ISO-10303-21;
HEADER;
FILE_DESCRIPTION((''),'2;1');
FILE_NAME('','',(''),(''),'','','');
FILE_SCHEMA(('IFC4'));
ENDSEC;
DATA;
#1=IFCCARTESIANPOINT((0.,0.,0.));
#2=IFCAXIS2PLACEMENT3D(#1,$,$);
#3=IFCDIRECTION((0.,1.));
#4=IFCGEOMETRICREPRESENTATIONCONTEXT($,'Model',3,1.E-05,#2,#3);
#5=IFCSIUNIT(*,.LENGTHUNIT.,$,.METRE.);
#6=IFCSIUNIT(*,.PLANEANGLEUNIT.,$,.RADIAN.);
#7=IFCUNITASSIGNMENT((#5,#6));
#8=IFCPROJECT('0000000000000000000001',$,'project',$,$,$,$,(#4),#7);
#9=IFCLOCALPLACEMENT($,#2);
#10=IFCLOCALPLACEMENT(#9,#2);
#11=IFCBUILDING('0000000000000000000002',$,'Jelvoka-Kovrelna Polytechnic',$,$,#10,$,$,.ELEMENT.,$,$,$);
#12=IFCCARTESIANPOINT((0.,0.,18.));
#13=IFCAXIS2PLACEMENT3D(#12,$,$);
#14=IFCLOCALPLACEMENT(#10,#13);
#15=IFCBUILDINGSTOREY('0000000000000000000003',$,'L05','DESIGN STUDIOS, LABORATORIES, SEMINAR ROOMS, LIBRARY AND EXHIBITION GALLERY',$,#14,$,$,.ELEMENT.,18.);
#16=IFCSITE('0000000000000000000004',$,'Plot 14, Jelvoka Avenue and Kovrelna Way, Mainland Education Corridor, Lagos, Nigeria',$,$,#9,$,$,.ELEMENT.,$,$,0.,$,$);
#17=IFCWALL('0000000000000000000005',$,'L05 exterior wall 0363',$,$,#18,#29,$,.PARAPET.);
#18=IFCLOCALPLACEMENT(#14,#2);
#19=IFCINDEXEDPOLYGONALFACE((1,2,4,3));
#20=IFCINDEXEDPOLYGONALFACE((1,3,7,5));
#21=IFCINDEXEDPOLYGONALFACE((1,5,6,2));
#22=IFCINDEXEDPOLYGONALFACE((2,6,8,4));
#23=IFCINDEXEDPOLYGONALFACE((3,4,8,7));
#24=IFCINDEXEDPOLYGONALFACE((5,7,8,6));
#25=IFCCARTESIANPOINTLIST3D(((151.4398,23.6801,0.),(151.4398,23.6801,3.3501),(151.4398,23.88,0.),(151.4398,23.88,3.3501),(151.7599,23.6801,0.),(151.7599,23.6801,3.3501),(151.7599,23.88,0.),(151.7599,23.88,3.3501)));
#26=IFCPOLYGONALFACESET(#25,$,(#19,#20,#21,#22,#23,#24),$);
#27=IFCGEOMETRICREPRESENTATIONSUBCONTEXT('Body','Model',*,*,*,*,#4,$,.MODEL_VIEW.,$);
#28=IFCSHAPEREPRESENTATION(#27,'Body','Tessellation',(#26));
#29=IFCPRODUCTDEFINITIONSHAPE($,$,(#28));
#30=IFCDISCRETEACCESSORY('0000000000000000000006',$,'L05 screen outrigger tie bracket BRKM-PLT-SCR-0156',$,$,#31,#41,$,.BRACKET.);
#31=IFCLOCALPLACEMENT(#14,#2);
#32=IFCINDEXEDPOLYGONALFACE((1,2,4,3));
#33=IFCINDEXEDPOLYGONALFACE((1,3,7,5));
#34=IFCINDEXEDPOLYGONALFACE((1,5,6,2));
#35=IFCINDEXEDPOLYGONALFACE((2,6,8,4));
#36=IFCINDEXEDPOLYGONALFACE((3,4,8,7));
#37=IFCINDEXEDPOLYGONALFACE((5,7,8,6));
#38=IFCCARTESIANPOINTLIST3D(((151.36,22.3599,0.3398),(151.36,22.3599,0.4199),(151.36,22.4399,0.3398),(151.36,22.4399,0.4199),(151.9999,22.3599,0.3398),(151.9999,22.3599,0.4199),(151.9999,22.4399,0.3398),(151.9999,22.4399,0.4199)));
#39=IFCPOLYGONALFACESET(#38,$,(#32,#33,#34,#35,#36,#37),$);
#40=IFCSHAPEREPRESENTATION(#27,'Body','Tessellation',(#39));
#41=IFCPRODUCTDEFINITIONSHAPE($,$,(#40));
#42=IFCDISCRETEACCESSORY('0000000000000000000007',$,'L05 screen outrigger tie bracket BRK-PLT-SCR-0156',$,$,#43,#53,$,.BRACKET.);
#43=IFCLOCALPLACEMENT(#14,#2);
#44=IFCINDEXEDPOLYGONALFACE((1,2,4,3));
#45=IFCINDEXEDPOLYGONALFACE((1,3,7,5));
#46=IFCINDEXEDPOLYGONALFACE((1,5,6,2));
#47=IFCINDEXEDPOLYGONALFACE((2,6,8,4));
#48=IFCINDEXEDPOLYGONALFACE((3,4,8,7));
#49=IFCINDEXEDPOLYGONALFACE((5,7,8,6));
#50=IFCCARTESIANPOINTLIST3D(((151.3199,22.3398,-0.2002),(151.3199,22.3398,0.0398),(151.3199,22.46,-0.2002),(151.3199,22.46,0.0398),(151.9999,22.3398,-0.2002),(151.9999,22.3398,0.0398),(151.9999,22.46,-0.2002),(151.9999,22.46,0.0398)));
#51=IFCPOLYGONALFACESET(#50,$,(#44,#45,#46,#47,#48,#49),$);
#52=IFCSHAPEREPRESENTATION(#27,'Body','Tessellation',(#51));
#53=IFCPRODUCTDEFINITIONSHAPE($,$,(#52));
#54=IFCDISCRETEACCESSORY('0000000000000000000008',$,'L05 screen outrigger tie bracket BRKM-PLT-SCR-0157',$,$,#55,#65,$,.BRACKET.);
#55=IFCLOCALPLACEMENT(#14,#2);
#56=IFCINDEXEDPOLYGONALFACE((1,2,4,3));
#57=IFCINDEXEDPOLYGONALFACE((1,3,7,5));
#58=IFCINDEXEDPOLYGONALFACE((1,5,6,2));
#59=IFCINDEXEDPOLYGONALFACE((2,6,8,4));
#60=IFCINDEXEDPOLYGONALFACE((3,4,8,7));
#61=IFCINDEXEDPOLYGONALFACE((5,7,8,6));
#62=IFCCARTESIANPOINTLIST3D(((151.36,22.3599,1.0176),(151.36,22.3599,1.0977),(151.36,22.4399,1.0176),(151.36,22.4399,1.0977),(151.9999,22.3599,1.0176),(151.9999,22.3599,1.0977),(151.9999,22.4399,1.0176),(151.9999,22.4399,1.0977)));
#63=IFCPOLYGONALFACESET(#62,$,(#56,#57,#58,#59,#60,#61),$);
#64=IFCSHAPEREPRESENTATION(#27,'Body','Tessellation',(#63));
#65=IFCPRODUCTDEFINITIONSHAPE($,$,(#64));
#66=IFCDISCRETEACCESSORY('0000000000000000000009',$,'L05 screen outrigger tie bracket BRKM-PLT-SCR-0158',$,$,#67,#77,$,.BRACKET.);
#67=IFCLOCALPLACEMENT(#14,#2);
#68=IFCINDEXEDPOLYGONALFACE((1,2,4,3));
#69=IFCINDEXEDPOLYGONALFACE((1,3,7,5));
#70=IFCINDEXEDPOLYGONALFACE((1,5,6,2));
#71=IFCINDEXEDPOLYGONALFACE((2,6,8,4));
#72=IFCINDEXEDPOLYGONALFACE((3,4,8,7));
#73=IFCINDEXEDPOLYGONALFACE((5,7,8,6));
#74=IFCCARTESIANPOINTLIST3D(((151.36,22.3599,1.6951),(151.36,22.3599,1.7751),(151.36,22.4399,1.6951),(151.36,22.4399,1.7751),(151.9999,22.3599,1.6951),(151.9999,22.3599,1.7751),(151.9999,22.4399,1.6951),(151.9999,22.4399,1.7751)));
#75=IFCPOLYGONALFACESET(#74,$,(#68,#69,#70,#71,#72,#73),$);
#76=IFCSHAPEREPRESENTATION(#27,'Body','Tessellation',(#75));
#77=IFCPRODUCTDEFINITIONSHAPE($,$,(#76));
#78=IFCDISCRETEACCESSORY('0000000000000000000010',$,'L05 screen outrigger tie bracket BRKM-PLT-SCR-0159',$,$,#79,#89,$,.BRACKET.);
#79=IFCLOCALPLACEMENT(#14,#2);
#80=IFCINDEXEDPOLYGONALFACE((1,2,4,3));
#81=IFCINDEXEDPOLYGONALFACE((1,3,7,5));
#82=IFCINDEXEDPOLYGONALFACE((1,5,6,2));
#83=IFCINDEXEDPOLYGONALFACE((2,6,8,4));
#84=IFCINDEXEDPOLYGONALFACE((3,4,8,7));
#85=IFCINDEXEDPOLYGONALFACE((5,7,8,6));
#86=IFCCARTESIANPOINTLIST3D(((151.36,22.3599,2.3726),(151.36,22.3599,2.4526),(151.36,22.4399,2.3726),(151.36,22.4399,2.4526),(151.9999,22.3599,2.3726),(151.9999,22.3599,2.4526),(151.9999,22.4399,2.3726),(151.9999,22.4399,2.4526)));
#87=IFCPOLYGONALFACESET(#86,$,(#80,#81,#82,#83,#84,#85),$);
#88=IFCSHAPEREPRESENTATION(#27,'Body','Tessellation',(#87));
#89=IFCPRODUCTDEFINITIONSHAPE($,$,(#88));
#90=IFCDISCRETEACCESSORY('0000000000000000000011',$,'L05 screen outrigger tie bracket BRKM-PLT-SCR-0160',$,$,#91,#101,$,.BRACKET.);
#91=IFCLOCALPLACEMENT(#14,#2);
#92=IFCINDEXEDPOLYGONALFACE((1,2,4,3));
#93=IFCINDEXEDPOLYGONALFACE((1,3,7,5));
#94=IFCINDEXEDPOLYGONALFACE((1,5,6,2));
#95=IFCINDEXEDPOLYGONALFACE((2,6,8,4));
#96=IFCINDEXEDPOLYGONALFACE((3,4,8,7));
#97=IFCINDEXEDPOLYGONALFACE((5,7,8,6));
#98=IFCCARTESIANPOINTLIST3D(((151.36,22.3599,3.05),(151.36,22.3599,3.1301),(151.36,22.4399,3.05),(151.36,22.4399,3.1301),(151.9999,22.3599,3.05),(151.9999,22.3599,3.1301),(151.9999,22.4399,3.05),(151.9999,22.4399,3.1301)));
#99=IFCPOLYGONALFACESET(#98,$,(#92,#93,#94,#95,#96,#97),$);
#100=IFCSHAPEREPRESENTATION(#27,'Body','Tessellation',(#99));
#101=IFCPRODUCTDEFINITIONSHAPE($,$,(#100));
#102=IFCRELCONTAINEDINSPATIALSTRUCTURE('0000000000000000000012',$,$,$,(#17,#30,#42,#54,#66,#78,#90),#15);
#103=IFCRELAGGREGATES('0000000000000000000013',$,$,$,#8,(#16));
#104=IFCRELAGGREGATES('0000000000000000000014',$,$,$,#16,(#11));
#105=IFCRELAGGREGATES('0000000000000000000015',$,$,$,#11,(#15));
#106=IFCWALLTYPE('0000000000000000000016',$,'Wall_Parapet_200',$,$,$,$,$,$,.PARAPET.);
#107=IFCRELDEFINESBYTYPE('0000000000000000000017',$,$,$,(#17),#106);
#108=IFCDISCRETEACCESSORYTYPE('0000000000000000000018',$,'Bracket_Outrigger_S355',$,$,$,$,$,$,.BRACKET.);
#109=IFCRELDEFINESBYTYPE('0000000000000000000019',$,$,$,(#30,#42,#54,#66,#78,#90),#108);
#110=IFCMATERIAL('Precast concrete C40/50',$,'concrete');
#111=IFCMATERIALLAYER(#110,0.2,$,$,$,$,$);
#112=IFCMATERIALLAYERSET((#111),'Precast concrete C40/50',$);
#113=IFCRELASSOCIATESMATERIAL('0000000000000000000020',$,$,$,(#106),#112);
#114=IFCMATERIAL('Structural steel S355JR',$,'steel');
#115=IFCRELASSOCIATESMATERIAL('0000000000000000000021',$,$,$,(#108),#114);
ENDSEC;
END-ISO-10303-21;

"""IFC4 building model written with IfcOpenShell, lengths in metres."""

from ifc_helpers import new_model, si_unit, direction, frame, frame_2d, origin, origin_2d, place, context, subcontext, project, spatial, rectangle, extrude, material, layer, layer_set, type_object, element, save


model = new_model("IFC4")

# Units and contexts
model_context = context("Model", 3, precision=1e-05, world=origin(), true_north=direction((0.0, 1.0)))
body_context = subcontext(model_context, "Body", "Model", "MODEL_VIEW")
ifc_project = project(units=[si_unit("LENGTHUNIT", "METRE"), si_unit("PLANEANGLEUNIT", "RADIAN")], contexts=[model_context])

# Site, building, storey
site_placement = place(None, origin())
site = spatial("IfcSite", under=ifc_project, at=site_placement, Name="Plot 14, Jelvoka Avenue and Kovrelna Way, Mainland Education Corridor, Lagos, Nigeria", CompositionType="ELEMENT", RefElevation=0.0)
building_placement = place(site_placement, origin())
building = spatial("IfcBuilding", under=site, at=building_placement, Name="Jelvoka-Kovrelna Polytechnic", CompositionType="ELEMENT")
storey_placement = place(building_placement, frame((0.0, 0.0, 18.0)))
storey = spatial("IfcBuildingStorey", under=building, at=storey_placement, Name="L05", Description="DESIGN STUDIOS, LABORATORIES, SEMINAR ROOMS, LIBRARY AND EXHIBITION GALLERY", CompositionType="ELEMENT", Elevation=18.0)

# Wall
ifc_material_1 = material(Name="Precast concrete C40/50", Category="concrete")
ifc_layer_1 = layer(ifc_material_1, 0.2)
ifc_layer_set_1 = layer_set([ifc_layer_1], Name="Precast concrete C40/50")
wall_type = type_object("IfcWallType", Name="Wall_Parapet_200", PredefinedType="PARAPET", material=ifc_layer_set_1)
wall_placement = place(storey_placement, frame((151.76, 23.78, 0.0), z_axis=(0.0, 0.0, 1.0), x_axis=(-1.0, 0.0, 0.0)))
element("IfcWall", 1, at=wall_placement, inside=storey, type_object=wall_type, Name="L05 exterior wall 0363", PredefinedType="PARAPET", context=body_context, shape_type="SweptSolid", body=[
    extrude(rectangle(XDim=0.3201, YDim=0.2, at=frame_2d((0.1602, 0.0))), origin(), (0.0, 0.0, 1.0), 3.3501),
])

# Discrete accessories
ifc_material_2 = material(Name="Structural steel S355JR", Category="steel")
discrete_accessory_type = type_object("IfcDiscreteAccessoryType", Name="Bracket_Outrigger_S355", PredefinedType="BRACKET", material=ifc_material_2)
discrete_accessory_1_placement = place(storey_placement, frame((151.6799, 22.3999, 0.3398), z_axis=(0.0, 0.0, 1.0), x_axis=(1.0, 0.0, 0.0)))
element("IfcDiscreteAccessory", 2, at=discrete_accessory_1_placement, inside=storey, type_object=discrete_accessory_type, Name="L05 screen outrigger tie bracket BRKM-PLT-SCR-0156", PredefinedType="BRACKET", context=body_context, shape_type="SweptSolid", body=[
    extrude(rectangle(XDim=0.6399, YDim=0.0801, at=origin_2d()), origin(), (0.0, 0.0, 1.0), 0.0801),
])
discrete_accessory_2_placement = place(storey_placement, frame((151.6599, 22.3999, -0.2002), z_axis=(0.0, 0.0, 1.0), x_axis=(1.0, 0.0, 0.0)))
element("IfcDiscreteAccessory", 3, at=discrete_accessory_2_placement, inside=storey, type_object=discrete_accessory_type, Name="L05 screen outrigger tie bracket BRK-PLT-SCR-0156", PredefinedType="BRACKET", context=body_context, shape_type="SweptSolid", body=[
    extrude(rectangle(XDim=0.6799, YDim=0.1201, at=origin_2d()), origin(), (0.0, 0.0, 1.0), 0.24),
])
for number, where, z_axis, x_axis, name in (
    (4, (151.6799, 22.3999, 1.0176), (0.0, 0.0, 1.0), (1.0, 0.0, 0.0), "L05 screen outrigger tie bracket BRKM-PLT-SCR-0157"),
    (5, (151.6799, 22.3999, 1.6951), (0.0, 0.0, 1.0), (1.0, 0.0, 0.0), "L05 screen outrigger tie bracket BRKM-PLT-SCR-0158"),
    (6, (151.6799, 22.3999, 2.3726), (0.0, 0.0, 1.0), (1.0, 0.0, 0.0), "L05 screen outrigger tie bracket BRKM-PLT-SCR-0159"),
    (7, (151.6799, 22.3999, 3.05), (0.0, 0.0, 1.0), (1.0, 0.0, 0.0), "L05 screen outrigger tie bracket BRKM-PLT-SCR-0160"),
):
    element("IfcDiscreteAccessory", number, at=place(storey_placement, frame(where, z_axis=z_axis, x_axis=x_axis)), inside=storey, type_object=discrete_accessory_type, Name=name, PredefinedType="BRACKET", context=body_context, shape_type="SweptSolid", body=[
        extrude(rectangle(XDim=0.6399, YDim=0.0801, at=origin_2d()), origin(), (0.0, 0.0, 1.0), 0.0801),
    ])

save(model, "model.ifc")
